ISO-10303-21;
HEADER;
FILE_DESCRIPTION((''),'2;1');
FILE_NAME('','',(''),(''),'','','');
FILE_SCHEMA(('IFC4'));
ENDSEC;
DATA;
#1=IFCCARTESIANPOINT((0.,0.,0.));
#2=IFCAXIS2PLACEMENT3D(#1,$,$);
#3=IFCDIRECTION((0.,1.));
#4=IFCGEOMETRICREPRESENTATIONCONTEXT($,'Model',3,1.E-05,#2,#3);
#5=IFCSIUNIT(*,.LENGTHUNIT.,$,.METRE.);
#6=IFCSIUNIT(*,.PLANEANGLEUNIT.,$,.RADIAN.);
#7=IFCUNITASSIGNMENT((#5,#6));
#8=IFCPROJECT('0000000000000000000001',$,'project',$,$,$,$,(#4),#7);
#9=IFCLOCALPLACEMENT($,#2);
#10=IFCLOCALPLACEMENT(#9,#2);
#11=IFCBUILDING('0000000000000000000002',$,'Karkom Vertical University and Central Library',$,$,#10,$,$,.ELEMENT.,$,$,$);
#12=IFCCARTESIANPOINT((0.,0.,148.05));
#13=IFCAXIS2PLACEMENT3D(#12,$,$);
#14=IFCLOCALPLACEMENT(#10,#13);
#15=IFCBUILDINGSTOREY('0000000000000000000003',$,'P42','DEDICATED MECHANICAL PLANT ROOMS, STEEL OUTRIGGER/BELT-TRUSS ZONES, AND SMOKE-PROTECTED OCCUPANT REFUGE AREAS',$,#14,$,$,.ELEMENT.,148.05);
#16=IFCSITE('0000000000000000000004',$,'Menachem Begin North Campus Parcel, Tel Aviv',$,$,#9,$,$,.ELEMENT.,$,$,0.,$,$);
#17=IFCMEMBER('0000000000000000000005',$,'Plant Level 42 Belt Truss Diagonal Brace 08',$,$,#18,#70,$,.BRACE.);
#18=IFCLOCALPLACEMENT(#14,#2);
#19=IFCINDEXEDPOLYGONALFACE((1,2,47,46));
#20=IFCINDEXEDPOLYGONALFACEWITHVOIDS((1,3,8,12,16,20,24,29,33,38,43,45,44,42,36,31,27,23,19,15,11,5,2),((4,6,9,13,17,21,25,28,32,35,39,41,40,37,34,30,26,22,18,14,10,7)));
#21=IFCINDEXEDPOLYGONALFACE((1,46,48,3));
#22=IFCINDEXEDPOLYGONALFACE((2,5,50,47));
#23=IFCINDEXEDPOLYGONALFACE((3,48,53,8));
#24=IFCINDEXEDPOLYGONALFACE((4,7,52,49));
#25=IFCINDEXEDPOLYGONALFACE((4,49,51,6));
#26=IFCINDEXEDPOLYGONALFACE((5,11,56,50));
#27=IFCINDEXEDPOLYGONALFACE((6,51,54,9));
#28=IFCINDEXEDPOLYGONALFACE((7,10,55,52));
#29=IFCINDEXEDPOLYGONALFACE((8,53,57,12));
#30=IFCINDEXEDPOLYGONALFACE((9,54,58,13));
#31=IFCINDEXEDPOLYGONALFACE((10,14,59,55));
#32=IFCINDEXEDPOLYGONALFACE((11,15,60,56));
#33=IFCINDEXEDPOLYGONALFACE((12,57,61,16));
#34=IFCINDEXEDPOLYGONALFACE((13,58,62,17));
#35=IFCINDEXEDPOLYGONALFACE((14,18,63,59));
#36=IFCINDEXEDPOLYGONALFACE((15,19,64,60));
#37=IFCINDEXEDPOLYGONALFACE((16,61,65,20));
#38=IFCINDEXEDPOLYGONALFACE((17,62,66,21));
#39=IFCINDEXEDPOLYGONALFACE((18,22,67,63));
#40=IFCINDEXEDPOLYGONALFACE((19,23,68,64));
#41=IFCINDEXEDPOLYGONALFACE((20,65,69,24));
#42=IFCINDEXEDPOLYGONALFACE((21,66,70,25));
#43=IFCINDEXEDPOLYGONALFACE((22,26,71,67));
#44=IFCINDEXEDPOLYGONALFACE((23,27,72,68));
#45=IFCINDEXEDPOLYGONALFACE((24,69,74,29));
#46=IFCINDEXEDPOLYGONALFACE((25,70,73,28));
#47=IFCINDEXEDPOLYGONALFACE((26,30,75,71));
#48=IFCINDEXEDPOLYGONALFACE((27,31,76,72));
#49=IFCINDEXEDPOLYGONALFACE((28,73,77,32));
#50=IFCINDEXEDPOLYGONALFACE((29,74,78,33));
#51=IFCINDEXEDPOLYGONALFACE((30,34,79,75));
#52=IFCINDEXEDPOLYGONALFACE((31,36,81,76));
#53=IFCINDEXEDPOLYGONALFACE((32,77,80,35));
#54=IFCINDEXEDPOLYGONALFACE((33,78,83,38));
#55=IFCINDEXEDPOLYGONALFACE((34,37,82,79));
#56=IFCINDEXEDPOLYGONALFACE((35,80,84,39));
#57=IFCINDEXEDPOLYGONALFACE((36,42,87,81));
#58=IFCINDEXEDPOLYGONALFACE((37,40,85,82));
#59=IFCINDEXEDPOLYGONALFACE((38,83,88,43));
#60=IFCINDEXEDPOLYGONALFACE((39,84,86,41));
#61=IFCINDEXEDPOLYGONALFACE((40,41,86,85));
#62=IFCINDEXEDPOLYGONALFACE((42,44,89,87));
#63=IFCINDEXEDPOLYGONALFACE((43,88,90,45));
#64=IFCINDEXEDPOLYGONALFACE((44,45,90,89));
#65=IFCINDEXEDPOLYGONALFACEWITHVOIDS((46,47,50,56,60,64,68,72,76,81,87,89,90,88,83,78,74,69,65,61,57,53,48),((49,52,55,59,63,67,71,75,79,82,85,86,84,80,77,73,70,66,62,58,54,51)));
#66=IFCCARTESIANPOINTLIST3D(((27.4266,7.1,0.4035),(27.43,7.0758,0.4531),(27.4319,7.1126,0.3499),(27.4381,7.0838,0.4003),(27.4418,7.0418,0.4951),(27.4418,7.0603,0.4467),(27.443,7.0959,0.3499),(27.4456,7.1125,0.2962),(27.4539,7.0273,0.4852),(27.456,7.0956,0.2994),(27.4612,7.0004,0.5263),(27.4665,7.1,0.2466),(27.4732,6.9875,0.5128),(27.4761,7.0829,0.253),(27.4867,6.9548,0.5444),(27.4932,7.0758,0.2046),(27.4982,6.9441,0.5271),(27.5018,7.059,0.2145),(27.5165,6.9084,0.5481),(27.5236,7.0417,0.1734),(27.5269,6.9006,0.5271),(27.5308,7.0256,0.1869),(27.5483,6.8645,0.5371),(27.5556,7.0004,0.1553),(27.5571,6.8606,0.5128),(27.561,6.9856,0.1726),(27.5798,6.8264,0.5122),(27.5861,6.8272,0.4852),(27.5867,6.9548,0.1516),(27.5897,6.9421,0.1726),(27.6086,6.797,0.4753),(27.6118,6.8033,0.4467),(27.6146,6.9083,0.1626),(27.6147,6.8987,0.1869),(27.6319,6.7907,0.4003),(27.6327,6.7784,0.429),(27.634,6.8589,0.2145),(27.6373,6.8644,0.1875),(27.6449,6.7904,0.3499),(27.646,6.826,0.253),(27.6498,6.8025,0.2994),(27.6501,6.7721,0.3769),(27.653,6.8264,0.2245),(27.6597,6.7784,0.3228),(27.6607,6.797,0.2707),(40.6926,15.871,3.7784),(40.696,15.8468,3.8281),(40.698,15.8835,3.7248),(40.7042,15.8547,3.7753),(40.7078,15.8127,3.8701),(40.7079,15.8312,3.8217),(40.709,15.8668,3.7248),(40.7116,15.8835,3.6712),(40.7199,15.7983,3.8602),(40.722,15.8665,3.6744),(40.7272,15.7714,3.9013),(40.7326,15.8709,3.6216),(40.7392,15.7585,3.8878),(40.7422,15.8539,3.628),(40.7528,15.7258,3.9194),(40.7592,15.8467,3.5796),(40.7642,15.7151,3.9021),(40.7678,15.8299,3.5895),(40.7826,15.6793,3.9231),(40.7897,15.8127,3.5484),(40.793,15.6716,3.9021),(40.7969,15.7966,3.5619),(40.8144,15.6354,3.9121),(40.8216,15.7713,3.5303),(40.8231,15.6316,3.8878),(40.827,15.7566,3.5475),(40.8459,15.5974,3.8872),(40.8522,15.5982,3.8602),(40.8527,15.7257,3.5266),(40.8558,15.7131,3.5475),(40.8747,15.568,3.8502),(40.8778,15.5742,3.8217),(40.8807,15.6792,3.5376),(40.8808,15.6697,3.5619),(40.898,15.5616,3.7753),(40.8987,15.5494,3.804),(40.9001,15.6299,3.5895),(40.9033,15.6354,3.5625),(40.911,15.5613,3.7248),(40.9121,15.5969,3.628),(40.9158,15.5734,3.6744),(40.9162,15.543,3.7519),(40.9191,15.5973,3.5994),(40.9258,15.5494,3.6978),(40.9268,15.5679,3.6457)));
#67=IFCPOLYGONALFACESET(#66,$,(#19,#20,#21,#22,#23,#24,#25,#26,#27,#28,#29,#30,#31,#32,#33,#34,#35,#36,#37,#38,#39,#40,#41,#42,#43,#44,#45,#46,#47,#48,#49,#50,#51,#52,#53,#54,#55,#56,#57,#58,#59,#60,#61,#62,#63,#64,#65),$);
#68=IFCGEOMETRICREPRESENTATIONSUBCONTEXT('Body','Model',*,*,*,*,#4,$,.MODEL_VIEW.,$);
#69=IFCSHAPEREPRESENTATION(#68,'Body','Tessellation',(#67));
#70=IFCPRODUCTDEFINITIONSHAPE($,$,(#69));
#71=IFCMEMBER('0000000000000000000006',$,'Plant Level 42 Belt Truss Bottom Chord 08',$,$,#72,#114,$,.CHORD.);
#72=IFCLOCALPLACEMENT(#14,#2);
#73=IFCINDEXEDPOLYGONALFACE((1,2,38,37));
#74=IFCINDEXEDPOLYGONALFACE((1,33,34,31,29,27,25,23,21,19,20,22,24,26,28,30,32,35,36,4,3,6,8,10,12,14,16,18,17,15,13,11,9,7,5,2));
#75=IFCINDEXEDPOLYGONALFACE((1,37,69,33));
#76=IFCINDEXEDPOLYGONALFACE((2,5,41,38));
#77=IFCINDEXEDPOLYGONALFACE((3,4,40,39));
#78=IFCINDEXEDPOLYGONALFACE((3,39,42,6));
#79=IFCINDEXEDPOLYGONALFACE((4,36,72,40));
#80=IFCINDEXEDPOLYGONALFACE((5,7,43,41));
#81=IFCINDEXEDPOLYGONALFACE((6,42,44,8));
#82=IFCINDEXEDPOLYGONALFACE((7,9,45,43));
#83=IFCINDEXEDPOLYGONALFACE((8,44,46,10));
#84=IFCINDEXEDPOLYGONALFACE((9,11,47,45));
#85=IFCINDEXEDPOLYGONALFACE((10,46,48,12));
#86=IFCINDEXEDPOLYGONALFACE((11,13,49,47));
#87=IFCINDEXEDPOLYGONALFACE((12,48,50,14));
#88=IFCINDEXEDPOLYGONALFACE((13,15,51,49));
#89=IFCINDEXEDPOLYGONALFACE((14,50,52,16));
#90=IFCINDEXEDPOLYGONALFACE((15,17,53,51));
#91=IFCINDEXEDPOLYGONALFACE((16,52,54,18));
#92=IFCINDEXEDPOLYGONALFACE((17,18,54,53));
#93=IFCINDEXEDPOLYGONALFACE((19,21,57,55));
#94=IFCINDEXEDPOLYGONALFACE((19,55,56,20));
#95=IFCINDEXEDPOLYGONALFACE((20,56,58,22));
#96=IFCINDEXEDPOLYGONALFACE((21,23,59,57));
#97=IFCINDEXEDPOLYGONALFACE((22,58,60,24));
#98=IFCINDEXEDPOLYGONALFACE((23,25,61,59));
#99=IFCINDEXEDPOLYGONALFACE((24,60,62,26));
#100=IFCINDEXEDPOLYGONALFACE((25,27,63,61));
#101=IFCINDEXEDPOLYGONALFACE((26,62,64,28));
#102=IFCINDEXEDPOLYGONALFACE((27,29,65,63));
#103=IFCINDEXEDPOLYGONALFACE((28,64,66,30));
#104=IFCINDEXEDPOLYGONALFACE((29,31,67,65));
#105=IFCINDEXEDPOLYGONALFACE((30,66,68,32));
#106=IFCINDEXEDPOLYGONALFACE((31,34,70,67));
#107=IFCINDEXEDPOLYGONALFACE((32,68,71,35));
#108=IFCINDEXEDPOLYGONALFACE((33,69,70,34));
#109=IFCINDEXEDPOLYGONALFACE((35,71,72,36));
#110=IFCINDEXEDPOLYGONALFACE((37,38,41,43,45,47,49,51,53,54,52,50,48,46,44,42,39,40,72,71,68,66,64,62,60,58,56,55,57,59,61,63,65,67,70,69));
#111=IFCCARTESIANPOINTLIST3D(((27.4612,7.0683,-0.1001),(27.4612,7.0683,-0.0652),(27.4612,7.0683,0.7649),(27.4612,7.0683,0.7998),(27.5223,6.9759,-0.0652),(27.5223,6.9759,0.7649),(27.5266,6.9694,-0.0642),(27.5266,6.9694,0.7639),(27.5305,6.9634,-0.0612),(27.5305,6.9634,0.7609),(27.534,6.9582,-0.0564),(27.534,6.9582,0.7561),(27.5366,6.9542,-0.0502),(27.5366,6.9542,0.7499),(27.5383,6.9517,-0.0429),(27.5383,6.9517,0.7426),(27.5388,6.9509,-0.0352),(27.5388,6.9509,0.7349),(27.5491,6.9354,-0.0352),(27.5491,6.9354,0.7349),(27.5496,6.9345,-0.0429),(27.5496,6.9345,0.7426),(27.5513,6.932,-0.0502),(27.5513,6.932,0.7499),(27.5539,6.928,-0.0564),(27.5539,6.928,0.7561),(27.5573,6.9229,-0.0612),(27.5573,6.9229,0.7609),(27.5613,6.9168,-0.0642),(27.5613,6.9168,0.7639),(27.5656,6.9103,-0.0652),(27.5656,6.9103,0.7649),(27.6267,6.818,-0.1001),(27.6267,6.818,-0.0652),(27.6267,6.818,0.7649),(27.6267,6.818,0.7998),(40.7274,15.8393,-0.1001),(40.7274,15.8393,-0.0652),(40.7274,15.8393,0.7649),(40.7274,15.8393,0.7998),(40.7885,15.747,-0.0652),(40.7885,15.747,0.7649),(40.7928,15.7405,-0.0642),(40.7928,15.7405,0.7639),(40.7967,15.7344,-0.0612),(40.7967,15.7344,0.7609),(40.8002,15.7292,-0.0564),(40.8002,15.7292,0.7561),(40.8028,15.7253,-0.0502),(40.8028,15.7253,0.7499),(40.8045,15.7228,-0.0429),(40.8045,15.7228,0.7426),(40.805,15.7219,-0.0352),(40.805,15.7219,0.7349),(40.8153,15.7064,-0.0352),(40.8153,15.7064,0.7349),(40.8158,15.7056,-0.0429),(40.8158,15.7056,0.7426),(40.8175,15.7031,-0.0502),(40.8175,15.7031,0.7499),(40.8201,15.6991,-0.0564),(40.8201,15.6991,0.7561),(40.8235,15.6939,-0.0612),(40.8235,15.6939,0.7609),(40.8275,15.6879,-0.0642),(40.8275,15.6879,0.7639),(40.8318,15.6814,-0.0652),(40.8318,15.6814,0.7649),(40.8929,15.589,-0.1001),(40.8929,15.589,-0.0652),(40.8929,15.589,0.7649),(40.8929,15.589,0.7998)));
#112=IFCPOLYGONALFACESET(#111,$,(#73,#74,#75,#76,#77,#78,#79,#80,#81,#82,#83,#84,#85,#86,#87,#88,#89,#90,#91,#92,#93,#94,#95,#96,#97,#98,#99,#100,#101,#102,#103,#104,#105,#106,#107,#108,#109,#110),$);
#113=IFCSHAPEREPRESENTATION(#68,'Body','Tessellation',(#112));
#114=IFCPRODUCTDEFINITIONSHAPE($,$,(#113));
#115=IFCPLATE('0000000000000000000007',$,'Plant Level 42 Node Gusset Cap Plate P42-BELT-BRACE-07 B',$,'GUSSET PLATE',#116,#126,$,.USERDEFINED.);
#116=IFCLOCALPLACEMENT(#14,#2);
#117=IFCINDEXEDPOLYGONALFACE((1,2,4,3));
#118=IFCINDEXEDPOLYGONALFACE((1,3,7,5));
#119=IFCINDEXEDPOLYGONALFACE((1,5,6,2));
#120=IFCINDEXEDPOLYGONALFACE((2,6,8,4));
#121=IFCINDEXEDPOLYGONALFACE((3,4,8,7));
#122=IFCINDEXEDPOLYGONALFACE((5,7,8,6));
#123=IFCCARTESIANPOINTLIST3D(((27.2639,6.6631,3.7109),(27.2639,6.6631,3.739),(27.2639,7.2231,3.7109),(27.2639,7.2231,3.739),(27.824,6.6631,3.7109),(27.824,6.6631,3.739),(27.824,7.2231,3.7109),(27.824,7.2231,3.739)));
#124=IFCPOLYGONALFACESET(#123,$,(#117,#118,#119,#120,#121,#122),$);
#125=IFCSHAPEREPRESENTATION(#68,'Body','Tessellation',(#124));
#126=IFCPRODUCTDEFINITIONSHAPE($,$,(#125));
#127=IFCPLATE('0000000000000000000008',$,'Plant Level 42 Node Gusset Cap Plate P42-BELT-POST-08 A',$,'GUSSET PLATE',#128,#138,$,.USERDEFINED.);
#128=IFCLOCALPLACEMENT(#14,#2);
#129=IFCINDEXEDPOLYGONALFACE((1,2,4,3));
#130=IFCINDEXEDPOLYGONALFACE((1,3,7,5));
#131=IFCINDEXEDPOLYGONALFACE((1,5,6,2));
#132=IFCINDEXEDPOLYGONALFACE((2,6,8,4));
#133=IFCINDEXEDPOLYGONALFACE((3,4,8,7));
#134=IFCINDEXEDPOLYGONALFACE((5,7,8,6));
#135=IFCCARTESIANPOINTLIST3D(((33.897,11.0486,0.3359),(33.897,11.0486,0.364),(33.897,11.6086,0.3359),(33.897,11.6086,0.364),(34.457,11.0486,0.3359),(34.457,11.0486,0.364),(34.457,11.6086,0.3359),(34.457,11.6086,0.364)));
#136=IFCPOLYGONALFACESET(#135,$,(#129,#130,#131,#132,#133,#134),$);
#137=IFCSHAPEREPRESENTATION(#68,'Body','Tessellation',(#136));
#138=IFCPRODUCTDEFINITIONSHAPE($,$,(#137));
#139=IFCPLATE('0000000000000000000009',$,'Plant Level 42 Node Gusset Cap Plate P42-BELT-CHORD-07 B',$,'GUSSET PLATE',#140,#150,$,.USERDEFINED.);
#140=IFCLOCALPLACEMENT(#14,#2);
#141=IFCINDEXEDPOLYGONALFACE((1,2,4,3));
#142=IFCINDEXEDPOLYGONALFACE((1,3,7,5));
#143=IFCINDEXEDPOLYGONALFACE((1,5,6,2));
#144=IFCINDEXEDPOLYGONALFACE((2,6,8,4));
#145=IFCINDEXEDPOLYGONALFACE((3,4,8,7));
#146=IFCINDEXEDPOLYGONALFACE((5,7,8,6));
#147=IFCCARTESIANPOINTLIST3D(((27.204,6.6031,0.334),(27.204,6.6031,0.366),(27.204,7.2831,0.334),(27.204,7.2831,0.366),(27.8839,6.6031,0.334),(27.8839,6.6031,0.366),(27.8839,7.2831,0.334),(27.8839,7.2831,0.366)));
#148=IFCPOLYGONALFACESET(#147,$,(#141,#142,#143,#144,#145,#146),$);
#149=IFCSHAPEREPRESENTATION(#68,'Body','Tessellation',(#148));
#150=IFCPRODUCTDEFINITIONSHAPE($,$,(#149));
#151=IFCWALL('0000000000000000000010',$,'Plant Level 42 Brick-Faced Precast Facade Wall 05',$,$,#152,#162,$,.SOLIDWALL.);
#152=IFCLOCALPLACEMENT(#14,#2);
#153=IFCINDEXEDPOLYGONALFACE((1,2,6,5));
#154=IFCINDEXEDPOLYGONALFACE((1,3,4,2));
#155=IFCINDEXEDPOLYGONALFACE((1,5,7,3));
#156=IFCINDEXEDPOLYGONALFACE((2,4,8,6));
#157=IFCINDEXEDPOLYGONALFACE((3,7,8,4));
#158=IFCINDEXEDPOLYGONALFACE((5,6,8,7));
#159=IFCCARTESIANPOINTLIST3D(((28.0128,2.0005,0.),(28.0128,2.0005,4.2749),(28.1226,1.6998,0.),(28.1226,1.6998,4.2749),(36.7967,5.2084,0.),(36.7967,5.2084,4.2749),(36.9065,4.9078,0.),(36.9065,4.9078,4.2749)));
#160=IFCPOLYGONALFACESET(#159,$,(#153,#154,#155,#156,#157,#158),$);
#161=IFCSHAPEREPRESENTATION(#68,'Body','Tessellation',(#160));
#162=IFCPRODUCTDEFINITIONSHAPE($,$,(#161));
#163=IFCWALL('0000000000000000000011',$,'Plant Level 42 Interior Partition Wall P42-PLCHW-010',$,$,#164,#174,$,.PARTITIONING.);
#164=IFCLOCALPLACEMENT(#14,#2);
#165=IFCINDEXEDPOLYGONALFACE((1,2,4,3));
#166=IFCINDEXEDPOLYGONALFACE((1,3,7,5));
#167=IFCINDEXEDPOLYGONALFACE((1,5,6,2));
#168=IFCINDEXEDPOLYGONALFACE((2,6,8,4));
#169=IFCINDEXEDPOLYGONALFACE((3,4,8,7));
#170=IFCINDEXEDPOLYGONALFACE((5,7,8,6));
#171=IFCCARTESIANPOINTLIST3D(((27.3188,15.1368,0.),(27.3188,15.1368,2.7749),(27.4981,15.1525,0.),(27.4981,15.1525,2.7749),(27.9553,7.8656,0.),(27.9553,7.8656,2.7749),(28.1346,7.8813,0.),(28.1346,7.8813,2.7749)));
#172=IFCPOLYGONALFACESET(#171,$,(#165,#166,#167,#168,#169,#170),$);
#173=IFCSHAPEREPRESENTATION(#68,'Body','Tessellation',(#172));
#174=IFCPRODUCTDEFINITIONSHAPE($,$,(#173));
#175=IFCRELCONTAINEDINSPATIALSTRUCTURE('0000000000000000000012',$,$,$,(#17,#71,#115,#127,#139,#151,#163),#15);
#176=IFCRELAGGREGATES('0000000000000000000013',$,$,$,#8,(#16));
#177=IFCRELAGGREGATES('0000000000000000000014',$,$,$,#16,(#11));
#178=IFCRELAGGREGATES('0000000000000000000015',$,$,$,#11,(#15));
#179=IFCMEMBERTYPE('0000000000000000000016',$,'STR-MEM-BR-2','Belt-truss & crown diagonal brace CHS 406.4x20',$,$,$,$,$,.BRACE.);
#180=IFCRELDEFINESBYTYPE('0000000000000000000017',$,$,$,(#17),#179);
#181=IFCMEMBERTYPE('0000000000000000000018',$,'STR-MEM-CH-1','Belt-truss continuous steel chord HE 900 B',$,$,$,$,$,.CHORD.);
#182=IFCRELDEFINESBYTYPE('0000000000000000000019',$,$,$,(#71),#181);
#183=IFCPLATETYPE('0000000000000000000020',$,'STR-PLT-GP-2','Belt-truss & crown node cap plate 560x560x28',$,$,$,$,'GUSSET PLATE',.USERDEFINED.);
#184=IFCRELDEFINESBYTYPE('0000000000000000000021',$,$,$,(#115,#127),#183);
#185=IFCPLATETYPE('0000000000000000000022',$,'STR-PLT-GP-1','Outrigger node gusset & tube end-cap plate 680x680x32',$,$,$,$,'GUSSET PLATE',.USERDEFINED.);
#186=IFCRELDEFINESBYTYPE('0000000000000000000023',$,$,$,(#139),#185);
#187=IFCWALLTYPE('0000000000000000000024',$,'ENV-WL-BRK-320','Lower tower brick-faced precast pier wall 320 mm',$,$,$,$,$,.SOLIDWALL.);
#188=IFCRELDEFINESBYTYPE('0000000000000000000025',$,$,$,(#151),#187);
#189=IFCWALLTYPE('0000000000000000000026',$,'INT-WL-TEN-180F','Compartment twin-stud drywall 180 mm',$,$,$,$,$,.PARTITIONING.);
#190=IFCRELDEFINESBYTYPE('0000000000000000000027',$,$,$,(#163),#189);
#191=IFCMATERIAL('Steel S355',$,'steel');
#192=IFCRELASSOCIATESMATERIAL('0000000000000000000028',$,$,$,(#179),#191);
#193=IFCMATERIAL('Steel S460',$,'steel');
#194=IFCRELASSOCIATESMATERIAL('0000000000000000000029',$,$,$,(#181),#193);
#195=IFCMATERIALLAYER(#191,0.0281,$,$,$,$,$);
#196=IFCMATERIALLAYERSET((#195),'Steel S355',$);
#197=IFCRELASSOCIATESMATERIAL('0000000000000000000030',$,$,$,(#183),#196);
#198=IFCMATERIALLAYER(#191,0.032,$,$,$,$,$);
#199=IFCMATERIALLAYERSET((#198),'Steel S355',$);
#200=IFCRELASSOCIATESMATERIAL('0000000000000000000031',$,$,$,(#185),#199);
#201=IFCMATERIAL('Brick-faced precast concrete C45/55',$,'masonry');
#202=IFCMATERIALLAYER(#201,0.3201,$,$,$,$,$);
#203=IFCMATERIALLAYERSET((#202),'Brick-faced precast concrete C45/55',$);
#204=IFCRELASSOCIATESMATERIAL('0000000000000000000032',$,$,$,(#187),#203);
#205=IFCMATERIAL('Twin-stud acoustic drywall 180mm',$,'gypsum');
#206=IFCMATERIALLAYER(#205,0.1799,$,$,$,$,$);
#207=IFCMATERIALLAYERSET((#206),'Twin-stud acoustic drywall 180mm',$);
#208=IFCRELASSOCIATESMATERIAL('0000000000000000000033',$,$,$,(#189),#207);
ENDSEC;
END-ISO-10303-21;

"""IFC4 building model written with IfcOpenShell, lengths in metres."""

from ifc_helpers import new_model, si_unit, direction, frame, frame_2d, origin, origin_with_axes, origin_2d, place, context, subcontext, project, spatial, rectangle, hollow_circle, i_section, extrude, source, transform, mapped, material, layer, layer_set, material_profile, profile_set, type_object, element, save


model = new_model("IFC4")

# Units and contexts
model_context = context("Model", 3, precision=1e-05, world=origin(), true_north=direction((0.0, 1.0)))
body_context = subcontext(model_context, "Body", "Model", "MODEL_VIEW")
ifc_project = project(units=[si_unit("LENGTHUNIT", "METRE"), si_unit("PLANEANGLEUNIT", "RADIAN")], contexts=[model_context])

# Site, building, storey
site_placement = place(None, origin())
site = spatial("IfcSite", under=ifc_project, at=site_placement, Name="Menachem Begin North Campus Parcel, Tel Aviv", CompositionType="ELEMENT", RefElevation=0.0)
building_placement = place(site_placement, origin())
building = spatial("IfcBuilding", under=site, at=building_placement, Name="Karkom Vertical University and Central Library", CompositionType="ELEMENT")
storey_placement = place(building_placement, frame((0.0, 0.0, 148.05)))
storey = spatial("IfcBuildingStorey", under=building, at=storey_placement, Name="P42", Description="DEDICATED MECHANICAL PLANT ROOMS, STEEL OUTRIGGER/BELT-TRUSS ZONES, AND SMOKE-PROTECTED OCCUPANT REFUGE AREAS", CompositionType="ELEMENT", Elevation=148.05)

# Shared definitions
ifc_material_1 = material(Name="Steel S355", Category="steel")

# Shared definitions
ifc_material_2 = material(Name="Steel S460", Category="steel")

# Members
ifc_material_profile_1 = material_profile(ifc_material_1, hollow_circle(Radius=0.2031, WallThickness=0.02, at=origin_2d()), Name="CHS 406.4x20")
ifc_profile_set_1 = profile_set([ifc_material_profile_1], Name="Steel S355")
member_type_1 = type_object("IfcMemberType", Name="STR-MEM-BR-2", Description="Belt-truss & crown diagonal brace CHS 406.4x20", PredefinedType="BRACE", material=ifc_profile_set_1)
shared_shape_1 = source(origin_with_axes(), body_context, "Body", "SweptSolid", [
    extrude(hollow_circle(Radius=0.2031, WallThickness=0.02, at=origin_2d()), origin(), (0.0, 0.0, 1.0), 16.2576),
])
member_1_placement = place(storey_placement, frame((27.5439, 6.9431, 0.3499), z_axis=(0.815993, 0.5395, 0.207595), x_axis=(-0.551515, 0.834165, 0.0)))
element("IfcMember", 1, at=member_1_placement, inside=storey, type_object=member_type_1, Name="Plant Level 42 Belt Truss Diagonal Brace 08", PredefinedType="BRACE", context=body_context, shape_type="MappedRepresentation", body=[
    mapped(shared_shape_1, transform((0.0, 0.0, 0.0), scale=1.0)),
])
ifc_material_profile_2 = material_profile(ifc_material_2, i_section(OverallWidth=0.3, OverallDepth=0.8999, WebThickness=0.0186, FlangeThickness=0.0349, FilletRadius=0.03, at=origin_2d()), Name="HE 900 B")
ifc_profile_set_2 = profile_set([ifc_material_profile_2], Name="Steel S460")
member_type_2 = type_object("IfcMemberType", Name="STR-MEM-CH-1", Description="Belt-truss continuous steel chord HE 900 B", PredefinedType="CHORD", material=ifc_profile_set_2)
shared_shape_2 = source(origin_with_axes(), body_context, "Body", "SweptSolid", [
    extrude(i_section(OverallWidth=0.3, OverallDepth=0.8999, WebThickness=0.0186, FlangeThickness=0.0349, FilletRadius=0.03, at=origin_2d()), origin(), (0.0, 0.0, 1.0), 15.9036),
])
member_2_placement = place(storey_placement, frame((27.5439, 6.9431, 0.3499), z_axis=(0.834165, 0.551515, 0.0), x_axis=(-0.551515, 0.834165, 0.0)))
element("IfcMember", 2, at=member_2_placement, inside=storey, type_object=member_type_2, Name="Plant Level 42 Belt Truss Bottom Chord 08", PredefinedType="CHORD", context=body_context, shape_type="MappedRepresentation", body=[
    mapped(shared_shape_2, transform((0.0, 0.0, 0.0), scale=1.0)),
])

# Plates
ifc_layer_1 = layer(ifc_material_1, 0.0281)
ifc_layer_set_1 = layer_set([ifc_layer_1], Name="Steel S355")
plate_type_1 = type_object("IfcPlateType", Name="STR-PLT-GP-2", Description="Belt-truss & crown node cap plate 560x560x28", ElementType="GUSSET PLATE", PredefinedType="USERDEFINED", material=ifc_layer_set_1)
shared_shape_3 = source(origin_with_axes(), body_context, "Body", "SweptSolid", [
    extrude(rectangle(XDim=0.5601, YDim=0.5601, at=origin_2d()), origin(), (0.0, 0.0, 1.0), 0.0281),
])
for number, where, z_axis, x_axis, name in (
    (3, (27.5439, 6.9431, 3.7109), (0.0, 0.0, 1.0), (1.0, 0.0, 0.0), "Plant Level 42 Node Gusset Cap Plate P42-BELT-BRACE-07 B"),
    (4, (34.177, 11.3286, 0.3359), (0.0, 0.0, 1.0), (1.0, 0.0, 0.0), "Plant Level 42 Node Gusset Cap Plate P42-BELT-POST-08 A"),
):
    element("IfcPlate", number, at=place(storey_placement, frame(where, z_axis=z_axis, x_axis=x_axis)), inside=storey, type_object=plate_type_1, Name=name, ObjectType="GUSSET PLATE", PredefinedType="USERDEFINED", context=body_context, shape_type="MappedRepresentation", body=[
        mapped(shared_shape_3, transform((0.0, 0.0, 0.0), scale=1.0)),
    ])
ifc_layer_2 = layer(ifc_material_1, 0.032)
ifc_layer_set_2 = layer_set([ifc_layer_2], Name="Steel S355")
plate_type_2 = type_object("IfcPlateType", Name="STR-PLT-GP-1", Description="Outrigger node gusset & tube end-cap plate 680x680x32", ElementType="GUSSET PLATE", PredefinedType="USERDEFINED", material=ifc_layer_set_2)
shared_shape_4 = source(origin_with_axes(), body_context, "Body", "SweptSolid", [
    extrude(rectangle(XDim=0.6799, YDim=0.6799, at=origin_2d()), origin(), (0.0, 0.0, 1.0), 0.032),
])
plate_placement = place(storey_placement, frame((27.5439, 6.9431, 0.334), z_axis=(0.0, 0.0, 1.0), x_axis=(1.0, 0.0, 0.0)))
element("IfcPlate", 5, at=plate_placement, inside=storey, type_object=plate_type_2, Name="Plant Level 42 Node Gusset Cap Plate P42-BELT-CHORD-07 B", ObjectType="GUSSET PLATE", PredefinedType="USERDEFINED", context=body_context, shape_type="MappedRepresentation", body=[
    mapped(shared_shape_4, transform((0.0, 0.0, 0.0), scale=1.0)),
])

# Walls
ifc_material_3 = material(Name="Brick-faced precast concrete C45/55", Category="masonry")
ifc_layer_3 = layer(ifc_material_3, 0.3201)
ifc_layer_set_3 = layer_set([ifc_layer_3], Name="Brick-faced precast concrete C45/55")
wall_type_1 = type_object("IfcWallType", Name="ENV-WL-BRK-320", Description="Lower tower brick-faced precast pier wall 320 mm", PredefinedType="SOLIDWALL", material=ifc_layer_set_3)
wall_1_placement = place(storey_placement, frame((28.0676, 1.8501, 0.0), z_axis=(0.0, 0.0, 1.0), x_axis=(0.939317, 0.343051, 0.0)))
element("IfcWall", 6, at=wall_1_placement, inside=storey, type_object=wall_type_1, Name="Plant Level 42 Brick-Faced Precast Facade Wall 05", PredefinedType="SOLIDWALL", context=body_context, shape_type="SweptSolid", body=[
    extrude(rectangle(XDim=9.3513, YDim=0.3201, at=frame_2d((4.6758, 0.0))), origin(), (0.0, 0.0, 1.0), 4.2749),
])
ifc_material_4 = material(Name="Twin-stud acoustic drywall 180mm", Category="gypsum")
ifc_layer_4 = layer(ifc_material_4, 0.1799)
ifc_layer_set_4 = layer_set([ifc_layer_4], Name="Twin-stud acoustic drywall 180mm")
wall_type_2 = type_object("IfcWallType", Name="INT-WL-TEN-180F", Description="Compartment twin-stud drywall 180 mm", PredefinedType="PARTITIONING", material=ifc_layer_set_4)
wall_2_placement = place(storey_placement, frame((28.0449, 7.8735, 0.0), z_axis=(0.0, 0.0, 1.0), x_axis=(-0.0872, 0.996191, 0.0)))
element("IfcWall", 7, at=wall_2_placement, inside=storey, type_object=wall_type_2, Name="Plant Level 42 Interior Partition Wall P42-PLCHW-010", PredefinedType="PARTITIONING", context=body_context, shape_type="SweptSolid", body=[
    extrude(rectangle(XDim=7.2991, YDim=0.1799, at=frame_2d((3.6494, 0.0))), origin(), (0.0, 0.0, 1.0), 2.7749),
])

save(model, "model.ifc")
